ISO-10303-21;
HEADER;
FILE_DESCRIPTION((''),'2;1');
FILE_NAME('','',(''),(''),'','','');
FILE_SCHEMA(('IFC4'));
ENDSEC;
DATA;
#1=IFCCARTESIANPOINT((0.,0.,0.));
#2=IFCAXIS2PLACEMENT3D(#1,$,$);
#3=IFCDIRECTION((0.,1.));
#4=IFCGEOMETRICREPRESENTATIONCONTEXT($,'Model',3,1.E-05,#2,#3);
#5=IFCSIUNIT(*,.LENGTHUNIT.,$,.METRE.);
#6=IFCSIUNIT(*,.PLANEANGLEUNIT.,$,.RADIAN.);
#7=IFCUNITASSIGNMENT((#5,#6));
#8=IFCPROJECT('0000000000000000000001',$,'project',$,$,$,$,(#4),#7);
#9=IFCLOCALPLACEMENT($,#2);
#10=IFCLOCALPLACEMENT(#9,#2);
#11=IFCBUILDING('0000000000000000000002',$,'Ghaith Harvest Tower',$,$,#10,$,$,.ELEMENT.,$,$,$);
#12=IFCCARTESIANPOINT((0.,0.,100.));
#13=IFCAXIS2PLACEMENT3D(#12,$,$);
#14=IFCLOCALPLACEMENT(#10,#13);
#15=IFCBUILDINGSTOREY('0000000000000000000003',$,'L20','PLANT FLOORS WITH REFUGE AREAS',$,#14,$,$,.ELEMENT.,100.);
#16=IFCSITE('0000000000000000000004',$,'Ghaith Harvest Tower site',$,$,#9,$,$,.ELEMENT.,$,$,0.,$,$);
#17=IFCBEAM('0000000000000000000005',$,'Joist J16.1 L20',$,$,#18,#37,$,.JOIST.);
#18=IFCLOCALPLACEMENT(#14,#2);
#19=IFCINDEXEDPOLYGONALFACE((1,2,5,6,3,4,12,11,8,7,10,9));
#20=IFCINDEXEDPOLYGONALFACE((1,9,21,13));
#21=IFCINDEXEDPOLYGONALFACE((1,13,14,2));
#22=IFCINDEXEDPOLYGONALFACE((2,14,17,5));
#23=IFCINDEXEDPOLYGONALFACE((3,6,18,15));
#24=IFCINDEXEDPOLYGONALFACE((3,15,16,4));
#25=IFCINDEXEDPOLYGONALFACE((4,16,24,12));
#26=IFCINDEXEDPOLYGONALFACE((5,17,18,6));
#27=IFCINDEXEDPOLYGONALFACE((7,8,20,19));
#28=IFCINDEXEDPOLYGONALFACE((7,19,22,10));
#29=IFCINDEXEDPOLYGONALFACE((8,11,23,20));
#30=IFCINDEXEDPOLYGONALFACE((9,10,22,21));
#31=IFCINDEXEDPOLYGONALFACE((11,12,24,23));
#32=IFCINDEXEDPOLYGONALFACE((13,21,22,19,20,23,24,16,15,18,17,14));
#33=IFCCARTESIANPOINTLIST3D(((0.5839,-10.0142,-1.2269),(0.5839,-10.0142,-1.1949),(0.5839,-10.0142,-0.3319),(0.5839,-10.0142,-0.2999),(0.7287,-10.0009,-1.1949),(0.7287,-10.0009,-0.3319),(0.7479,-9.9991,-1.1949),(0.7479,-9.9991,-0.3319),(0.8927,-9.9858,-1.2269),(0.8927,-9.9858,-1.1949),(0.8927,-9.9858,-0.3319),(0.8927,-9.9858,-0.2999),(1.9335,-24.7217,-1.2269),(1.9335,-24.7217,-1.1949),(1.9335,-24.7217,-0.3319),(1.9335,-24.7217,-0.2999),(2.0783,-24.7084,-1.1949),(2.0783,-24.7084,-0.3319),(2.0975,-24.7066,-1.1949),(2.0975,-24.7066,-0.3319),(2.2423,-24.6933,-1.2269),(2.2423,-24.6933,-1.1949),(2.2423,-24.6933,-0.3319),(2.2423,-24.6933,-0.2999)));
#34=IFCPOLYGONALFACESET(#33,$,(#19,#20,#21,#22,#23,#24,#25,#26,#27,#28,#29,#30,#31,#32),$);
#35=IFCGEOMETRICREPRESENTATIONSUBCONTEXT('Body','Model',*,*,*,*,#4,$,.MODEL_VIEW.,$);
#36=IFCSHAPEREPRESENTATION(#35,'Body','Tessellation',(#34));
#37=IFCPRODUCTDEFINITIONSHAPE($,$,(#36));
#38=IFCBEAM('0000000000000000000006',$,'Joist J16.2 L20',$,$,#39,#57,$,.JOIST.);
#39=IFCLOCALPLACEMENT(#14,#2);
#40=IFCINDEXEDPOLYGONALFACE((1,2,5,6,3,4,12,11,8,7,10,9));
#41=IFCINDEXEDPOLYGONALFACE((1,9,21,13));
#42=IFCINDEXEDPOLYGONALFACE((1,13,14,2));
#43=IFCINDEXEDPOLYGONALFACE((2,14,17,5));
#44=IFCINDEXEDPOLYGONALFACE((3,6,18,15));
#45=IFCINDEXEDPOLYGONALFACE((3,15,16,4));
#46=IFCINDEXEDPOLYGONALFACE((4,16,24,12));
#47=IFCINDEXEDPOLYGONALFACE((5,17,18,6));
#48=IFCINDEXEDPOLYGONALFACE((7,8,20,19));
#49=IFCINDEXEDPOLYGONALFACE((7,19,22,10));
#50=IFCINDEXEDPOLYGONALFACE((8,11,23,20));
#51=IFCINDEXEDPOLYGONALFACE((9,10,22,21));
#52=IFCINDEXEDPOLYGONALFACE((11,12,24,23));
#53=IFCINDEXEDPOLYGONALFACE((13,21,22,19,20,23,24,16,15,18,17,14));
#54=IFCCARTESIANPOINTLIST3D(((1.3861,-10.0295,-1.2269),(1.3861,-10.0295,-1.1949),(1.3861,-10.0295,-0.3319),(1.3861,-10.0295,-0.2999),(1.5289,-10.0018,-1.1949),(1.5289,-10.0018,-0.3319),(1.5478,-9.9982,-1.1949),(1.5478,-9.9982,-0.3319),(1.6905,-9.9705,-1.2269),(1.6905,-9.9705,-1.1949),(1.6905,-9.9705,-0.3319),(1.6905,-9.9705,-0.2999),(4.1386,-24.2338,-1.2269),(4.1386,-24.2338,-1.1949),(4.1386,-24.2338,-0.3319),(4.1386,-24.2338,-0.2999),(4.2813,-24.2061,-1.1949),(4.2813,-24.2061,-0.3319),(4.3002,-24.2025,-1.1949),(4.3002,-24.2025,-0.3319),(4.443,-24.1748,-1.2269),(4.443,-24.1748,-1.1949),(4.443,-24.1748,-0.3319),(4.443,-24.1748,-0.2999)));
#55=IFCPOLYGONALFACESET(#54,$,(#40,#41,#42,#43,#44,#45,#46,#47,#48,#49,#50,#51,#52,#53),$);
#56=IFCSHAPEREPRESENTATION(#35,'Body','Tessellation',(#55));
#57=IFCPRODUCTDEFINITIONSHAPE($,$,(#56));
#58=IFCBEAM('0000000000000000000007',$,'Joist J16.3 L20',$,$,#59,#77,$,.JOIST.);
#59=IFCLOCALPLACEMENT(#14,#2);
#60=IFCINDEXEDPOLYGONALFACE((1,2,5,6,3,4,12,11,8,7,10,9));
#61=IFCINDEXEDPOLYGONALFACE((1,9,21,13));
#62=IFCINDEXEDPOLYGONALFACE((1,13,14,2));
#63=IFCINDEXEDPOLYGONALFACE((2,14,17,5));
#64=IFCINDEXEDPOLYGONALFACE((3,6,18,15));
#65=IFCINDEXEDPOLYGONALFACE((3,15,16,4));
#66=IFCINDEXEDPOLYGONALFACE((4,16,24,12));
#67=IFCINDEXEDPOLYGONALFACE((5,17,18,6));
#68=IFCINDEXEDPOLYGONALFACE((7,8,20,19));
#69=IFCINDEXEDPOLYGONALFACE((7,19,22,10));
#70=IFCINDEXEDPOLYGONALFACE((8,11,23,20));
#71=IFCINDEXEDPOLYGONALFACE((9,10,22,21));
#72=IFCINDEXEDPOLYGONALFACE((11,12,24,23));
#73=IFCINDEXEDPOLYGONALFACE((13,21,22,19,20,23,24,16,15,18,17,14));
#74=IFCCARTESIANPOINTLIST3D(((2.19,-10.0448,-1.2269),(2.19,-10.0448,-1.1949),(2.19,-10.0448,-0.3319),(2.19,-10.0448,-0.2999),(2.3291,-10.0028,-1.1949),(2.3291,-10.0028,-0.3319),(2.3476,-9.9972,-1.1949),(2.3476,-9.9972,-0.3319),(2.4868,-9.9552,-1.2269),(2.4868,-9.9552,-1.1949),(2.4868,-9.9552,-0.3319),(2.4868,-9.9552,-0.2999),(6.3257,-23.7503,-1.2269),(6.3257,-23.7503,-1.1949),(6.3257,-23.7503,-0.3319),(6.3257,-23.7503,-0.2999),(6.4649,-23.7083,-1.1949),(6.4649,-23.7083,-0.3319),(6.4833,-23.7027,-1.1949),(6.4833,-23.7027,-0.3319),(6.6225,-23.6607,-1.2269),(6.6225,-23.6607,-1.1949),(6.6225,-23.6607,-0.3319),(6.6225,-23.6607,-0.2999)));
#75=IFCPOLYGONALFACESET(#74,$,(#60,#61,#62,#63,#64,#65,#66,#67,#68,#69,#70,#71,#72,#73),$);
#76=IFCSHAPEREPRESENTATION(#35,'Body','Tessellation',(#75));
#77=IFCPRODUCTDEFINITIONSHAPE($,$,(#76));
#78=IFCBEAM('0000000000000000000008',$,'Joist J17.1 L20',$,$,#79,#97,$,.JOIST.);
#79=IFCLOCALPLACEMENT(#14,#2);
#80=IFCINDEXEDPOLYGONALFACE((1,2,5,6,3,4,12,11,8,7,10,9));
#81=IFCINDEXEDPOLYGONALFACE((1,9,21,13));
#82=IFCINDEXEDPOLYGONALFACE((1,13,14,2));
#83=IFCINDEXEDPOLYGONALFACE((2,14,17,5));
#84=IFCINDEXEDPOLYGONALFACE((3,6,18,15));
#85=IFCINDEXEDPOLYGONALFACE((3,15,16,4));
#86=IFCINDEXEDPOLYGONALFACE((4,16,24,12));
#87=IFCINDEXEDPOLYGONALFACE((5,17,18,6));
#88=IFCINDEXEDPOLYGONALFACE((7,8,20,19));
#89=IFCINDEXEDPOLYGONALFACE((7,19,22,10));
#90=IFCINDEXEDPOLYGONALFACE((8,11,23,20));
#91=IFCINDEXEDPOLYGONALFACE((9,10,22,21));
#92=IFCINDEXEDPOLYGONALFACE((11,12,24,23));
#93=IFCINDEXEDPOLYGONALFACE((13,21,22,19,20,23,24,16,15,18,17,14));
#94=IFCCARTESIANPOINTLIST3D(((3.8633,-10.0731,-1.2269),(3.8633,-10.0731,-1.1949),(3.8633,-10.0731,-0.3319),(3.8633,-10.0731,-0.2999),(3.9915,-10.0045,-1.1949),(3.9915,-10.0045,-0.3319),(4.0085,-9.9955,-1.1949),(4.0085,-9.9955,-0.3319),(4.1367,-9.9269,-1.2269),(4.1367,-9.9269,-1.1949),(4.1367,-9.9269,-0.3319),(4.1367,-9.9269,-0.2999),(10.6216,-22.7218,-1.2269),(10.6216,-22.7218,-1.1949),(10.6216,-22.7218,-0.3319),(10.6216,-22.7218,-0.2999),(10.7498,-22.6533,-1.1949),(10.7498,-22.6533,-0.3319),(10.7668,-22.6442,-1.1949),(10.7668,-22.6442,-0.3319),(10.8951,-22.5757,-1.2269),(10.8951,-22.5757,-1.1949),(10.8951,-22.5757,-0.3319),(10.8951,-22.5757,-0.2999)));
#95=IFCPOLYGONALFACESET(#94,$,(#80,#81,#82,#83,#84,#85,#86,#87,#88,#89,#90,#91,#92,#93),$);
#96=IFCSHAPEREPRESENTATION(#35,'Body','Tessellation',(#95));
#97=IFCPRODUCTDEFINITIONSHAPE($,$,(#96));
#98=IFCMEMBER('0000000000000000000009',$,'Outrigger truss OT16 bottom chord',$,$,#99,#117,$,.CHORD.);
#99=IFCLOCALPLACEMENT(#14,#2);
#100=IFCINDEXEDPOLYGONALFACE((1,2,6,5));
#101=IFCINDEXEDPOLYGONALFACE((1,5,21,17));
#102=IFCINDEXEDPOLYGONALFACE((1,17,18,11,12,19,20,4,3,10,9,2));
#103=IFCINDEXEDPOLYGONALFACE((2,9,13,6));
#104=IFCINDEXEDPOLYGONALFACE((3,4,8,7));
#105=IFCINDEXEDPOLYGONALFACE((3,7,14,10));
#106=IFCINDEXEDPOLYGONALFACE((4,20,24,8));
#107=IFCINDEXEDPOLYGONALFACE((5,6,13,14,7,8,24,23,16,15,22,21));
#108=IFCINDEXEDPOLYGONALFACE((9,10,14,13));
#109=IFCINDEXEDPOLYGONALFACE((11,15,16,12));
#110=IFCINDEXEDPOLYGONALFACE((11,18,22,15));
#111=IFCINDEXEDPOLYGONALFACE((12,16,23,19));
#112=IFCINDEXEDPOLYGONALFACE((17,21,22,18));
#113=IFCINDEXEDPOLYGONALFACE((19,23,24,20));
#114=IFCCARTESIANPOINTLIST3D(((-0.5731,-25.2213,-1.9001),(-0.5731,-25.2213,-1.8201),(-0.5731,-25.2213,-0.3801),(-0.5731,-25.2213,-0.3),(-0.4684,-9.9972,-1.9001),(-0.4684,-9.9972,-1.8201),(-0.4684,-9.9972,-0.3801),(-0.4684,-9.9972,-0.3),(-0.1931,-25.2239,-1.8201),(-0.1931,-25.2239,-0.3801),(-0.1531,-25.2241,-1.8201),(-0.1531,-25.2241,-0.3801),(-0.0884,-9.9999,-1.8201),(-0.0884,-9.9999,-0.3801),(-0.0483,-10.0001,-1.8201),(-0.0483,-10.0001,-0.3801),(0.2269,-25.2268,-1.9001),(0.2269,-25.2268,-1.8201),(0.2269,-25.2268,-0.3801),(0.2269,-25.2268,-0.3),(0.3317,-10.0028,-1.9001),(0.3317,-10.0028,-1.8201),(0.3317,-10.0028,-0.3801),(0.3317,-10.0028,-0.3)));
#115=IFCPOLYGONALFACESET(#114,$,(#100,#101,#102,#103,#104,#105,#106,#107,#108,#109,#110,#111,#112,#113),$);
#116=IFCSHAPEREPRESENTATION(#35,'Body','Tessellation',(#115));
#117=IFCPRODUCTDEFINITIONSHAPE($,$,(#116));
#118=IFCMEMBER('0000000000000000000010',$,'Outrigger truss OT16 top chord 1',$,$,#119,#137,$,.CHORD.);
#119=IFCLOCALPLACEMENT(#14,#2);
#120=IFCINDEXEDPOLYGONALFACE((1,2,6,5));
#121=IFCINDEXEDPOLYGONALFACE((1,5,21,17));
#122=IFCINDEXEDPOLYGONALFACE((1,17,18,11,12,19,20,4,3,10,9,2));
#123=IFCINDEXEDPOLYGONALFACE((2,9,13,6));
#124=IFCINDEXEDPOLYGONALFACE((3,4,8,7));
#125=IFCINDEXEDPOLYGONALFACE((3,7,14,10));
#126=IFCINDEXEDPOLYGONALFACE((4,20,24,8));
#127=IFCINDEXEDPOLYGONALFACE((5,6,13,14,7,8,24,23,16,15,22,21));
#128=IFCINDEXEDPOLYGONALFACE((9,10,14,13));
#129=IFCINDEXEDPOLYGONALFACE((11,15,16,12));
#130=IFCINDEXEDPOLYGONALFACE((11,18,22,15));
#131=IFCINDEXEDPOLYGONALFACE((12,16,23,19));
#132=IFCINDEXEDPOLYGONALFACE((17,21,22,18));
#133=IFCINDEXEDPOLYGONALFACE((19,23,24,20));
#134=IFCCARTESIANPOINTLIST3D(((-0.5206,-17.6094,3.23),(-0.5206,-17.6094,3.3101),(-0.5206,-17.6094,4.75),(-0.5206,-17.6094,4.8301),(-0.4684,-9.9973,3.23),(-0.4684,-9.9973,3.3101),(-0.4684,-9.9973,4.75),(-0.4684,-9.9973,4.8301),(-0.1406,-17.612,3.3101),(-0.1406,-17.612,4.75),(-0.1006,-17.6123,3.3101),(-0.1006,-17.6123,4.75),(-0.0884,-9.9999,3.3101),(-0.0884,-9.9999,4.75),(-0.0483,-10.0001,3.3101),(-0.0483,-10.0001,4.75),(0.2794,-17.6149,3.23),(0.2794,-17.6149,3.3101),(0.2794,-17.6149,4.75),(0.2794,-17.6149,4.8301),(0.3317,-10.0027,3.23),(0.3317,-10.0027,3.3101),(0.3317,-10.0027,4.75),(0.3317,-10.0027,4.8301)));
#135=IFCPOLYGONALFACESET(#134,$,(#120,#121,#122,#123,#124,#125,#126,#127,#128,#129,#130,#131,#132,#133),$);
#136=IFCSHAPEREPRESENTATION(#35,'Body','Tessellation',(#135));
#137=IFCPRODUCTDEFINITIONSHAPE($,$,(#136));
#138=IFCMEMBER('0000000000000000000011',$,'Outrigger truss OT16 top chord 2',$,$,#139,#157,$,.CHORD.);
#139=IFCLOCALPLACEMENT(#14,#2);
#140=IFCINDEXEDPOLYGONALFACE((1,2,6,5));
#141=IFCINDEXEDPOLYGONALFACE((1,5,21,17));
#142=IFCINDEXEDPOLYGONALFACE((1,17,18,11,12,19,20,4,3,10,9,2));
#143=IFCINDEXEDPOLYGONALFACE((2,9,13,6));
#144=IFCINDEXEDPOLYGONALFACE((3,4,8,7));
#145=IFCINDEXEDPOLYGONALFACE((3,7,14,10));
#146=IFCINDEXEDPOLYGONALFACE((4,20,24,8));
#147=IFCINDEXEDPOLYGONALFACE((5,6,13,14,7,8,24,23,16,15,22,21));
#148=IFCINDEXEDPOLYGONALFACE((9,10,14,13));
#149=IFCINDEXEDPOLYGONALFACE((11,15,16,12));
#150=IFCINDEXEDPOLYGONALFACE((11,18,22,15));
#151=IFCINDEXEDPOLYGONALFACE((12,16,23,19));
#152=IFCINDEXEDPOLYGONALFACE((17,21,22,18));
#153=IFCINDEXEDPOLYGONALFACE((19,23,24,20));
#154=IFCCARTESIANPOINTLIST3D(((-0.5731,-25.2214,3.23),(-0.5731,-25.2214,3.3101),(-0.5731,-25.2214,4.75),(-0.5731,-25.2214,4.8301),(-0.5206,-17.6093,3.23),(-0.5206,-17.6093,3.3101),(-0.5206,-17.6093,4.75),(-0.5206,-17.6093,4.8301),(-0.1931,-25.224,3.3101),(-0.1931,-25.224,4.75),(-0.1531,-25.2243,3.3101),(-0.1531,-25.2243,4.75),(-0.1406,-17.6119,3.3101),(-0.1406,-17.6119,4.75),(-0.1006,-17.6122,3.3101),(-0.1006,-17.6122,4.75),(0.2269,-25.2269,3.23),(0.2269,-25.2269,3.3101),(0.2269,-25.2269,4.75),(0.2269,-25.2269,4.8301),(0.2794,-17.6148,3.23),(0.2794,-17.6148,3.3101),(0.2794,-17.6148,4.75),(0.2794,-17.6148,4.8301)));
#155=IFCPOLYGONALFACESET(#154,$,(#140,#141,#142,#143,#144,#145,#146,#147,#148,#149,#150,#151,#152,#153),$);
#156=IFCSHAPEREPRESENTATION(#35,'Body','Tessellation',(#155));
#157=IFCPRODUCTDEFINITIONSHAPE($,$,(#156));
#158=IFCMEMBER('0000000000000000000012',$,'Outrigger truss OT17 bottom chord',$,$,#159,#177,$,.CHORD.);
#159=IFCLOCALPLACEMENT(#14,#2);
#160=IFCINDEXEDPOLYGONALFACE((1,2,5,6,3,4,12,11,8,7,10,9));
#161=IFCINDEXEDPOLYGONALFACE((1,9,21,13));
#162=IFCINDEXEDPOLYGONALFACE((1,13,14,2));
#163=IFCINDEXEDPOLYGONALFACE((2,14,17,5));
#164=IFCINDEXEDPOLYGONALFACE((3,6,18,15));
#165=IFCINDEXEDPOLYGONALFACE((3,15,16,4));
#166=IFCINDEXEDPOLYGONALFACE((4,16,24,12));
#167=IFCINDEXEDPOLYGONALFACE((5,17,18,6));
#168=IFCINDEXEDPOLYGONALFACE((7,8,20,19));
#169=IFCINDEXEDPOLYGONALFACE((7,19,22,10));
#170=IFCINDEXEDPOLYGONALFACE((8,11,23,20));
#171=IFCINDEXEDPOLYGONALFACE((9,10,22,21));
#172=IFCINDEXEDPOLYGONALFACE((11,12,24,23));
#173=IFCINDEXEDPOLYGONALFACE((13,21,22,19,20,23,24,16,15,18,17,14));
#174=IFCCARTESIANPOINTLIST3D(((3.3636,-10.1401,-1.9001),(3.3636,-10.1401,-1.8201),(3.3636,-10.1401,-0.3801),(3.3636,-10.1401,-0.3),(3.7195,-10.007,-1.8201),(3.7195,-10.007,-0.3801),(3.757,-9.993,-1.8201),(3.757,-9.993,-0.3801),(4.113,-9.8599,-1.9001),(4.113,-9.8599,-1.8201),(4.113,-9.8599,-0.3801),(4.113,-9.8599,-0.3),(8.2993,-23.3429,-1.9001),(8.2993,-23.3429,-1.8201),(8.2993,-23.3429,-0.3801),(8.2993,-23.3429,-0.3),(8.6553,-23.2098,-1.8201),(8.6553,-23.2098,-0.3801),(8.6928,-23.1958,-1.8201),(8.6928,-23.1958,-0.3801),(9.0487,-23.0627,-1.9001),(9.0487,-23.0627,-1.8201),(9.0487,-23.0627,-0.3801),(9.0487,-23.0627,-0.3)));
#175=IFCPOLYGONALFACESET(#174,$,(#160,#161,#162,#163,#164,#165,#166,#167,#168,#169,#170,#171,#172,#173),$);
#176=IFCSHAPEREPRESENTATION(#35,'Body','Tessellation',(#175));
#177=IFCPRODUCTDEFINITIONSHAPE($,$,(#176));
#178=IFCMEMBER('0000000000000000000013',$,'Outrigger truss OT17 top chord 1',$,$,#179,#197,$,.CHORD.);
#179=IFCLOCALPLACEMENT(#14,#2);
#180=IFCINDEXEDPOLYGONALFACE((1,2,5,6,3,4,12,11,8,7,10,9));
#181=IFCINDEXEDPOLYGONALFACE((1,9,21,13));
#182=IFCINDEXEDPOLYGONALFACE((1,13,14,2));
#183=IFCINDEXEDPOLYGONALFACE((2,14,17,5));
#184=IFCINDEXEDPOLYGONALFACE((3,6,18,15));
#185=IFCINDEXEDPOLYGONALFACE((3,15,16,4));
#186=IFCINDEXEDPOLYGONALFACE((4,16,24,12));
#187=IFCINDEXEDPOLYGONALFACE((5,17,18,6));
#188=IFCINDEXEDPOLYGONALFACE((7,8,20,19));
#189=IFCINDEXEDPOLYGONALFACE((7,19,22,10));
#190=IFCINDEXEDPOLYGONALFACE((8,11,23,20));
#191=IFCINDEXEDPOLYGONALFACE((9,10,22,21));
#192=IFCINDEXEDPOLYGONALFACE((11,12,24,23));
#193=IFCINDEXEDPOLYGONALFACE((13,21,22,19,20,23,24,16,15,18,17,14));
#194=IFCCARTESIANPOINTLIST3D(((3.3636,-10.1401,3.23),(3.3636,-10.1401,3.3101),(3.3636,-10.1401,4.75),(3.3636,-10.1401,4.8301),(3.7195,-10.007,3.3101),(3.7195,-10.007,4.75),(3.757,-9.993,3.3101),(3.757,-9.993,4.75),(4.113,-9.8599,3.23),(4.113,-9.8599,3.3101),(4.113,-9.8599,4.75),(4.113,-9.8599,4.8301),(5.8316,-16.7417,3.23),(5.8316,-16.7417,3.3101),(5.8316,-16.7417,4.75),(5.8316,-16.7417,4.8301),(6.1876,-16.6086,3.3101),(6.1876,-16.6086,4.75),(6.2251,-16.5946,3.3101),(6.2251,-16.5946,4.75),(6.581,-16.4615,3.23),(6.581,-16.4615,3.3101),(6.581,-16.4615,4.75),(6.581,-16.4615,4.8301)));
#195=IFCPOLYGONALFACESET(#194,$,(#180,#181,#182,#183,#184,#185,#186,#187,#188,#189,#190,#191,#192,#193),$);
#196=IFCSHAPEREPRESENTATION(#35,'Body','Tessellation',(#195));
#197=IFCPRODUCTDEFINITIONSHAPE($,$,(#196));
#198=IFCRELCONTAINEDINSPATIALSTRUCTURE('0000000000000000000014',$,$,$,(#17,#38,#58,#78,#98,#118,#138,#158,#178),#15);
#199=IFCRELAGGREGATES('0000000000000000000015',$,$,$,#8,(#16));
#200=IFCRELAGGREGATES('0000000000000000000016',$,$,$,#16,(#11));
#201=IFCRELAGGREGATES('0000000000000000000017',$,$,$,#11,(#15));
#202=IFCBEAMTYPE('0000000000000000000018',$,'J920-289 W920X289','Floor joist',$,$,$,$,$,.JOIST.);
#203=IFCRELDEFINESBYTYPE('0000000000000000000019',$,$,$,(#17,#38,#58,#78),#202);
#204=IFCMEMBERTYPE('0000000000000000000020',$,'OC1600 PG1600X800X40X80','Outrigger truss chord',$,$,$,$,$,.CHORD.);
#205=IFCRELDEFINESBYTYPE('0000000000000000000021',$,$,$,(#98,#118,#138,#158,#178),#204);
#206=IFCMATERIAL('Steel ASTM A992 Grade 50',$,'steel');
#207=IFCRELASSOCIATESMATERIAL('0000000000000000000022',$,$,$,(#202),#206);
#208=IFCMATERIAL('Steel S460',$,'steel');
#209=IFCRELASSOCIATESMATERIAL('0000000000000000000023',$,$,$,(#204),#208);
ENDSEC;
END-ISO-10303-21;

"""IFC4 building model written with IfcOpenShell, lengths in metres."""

from ifc_helpers import new_model, si_unit, direction, frame, origin, origin_2d, place, context, subcontext, project, spatial, i_section, extrude, material, material_profile, profile_set, type_object, element, save


model = new_model("IFC4")

# Units and contexts
model_context = context("Model", 3, precision=1e-05, world=origin(), true_north=direction((0.0, 1.0)))
body_context = subcontext(model_context, "Body", "Model", "MODEL_VIEW")
ifc_project = project(units=[si_unit("LENGTHUNIT", "METRE"), si_unit("PLANEANGLEUNIT", "RADIAN")], contexts=[model_context])

# Site, building, storey
site_placement = place(None, origin())
site = spatial("IfcSite", under=ifc_project, at=site_placement, Name="Ghaith Harvest Tower site", CompositionType="ELEMENT", RefElevation=0.0)
building_placement = place(site_placement, origin())
building = spatial("IfcBuilding", under=site, at=building_placement, Name="Ghaith Harvest Tower", CompositionType="ELEMENT")
storey_placement = place(building_placement, frame((0.0, 0.0, 100.0)))
storey = spatial("IfcBuildingStorey", under=building, at=storey_placement, Name="L20", Description="PLANT FLOORS WITH REFUGE AREAS", CompositionType="ELEMENT", Elevation=100.0)

# Beams
ifc_material_1 = material(Name="Steel ASTM A992 Grade 50", Category="steel")
ifc_material_profile_1 = material_profile(ifc_material_1, i_section(OverallWidth=0.3101, OverallDepth=0.927, WebThickness=0.0193, FlangeThickness=0.032, at=origin_2d()), Name="W920X289")
ifc_profile_set_1 = profile_set([ifc_material_profile_1], Name="Steel ASTM A992 Grade 50")
beam_type = type_object("IfcBeamType", Name="J920-289 W920X289", Description="Floor joist", PredefinedType="JOIST", material=ifc_profile_set_1)
beam_1_placement = place(storey_placement, frame((0.7383, -10.0, -0.7634), z_axis=(0.091379, -0.995816, 0.0), x_axis=(0.995816, 0.091379, 0.0)))
element("IfcBeam", 1, at=beam_1_placement, inside=storey, type_object=beam_type, Name="Joist J16.1 L20", PredefinedType="JOIST", context=body_context, shape_type="SweptSolid", body=[
    extrude(i_section(OverallWidth=0.3101, OverallDepth=0.927, WebThickness=0.0193, FlangeThickness=0.032, at=origin_2d()), origin(), (0.0, 0.0, 1.0), 14.7693),
])
beam_2_placement = place(storey_placement, frame((1.5383, -10.0, -0.7634), z_axis=(0.190236, -0.981738, 0.0), x_axis=(0.981738, 0.190236, 0.0)))
element("IfcBeam", 2, at=beam_2_placement, inside=storey, type_object=beam_type, Name="Joist J16.2 L20", PredefinedType="JOIST", context=body_context, shape_type="SweptSolid", body=[
    extrude(i_section(OverallWidth=0.3101, OverallDepth=0.927, WebThickness=0.0193, FlangeThickness=0.032, at=origin_2d()), origin(), (0.0, 0.0, 1.0), 14.4685),
])
beam_3_placement = place(storey_placement, frame((2.3384, -10.0, -0.7634), z_axis=(0.28889, -0.957362, 0.0), x_axis=(0.957362, 0.28889, 0.0)))
element("IfcBeam", 3, at=beam_3_placement, inside=storey, type_object=beam_type, Name="Joist J16.3 L20", PredefinedType="JOIST", context=body_context, shape_type="SweptSolid", body=[
    extrude(i_section(OverallWidth=0.3101, OverallDepth=0.927, WebThickness=0.0193, FlangeThickness=0.032, at=origin_2d()), origin(), (0.0, 0.0, 1.0), 14.3159),
])
beam_4_placement = place(storey_placement, frame((4.0, -10.0, -0.7634), z_axis=(0.471258, -0.881995, 0.0), x_axis=(0.881995, 0.471258, 0.0)))
element("IfcBeam", 4, at=beam_4_placement, inside=storey, type_object=beam_type, Name="Joist J17.1 L20", PredefinedType="JOIST", context=body_context, shape_type="SweptSolid", body=[
    extrude(i_section(OverallWidth=0.3101, OverallDepth=0.927, WebThickness=0.0193, FlangeThickness=0.032, at=origin_2d()), origin(), (0.0, 0.0, 1.0), 14.3411),
])

# Members
ifc_material_2 = material(Name="Steel S460", Category="steel")
ifc_material_profile_2 = material_profile(ifc_material_2, i_section(OverallWidth=0.8, OverallDepth=1.6001, WebThickness=0.04, FlangeThickness=0.0801, at=origin_2d()), Name="PG1600X800X40X80")
ifc_profile_set_2 = profile_set([ifc_material_profile_2], Name="Steel S460")
member_type_1 = type_object("IfcMemberType", Name="OC1600 PG1600X800X40X80", Description="Outrigger truss chord", PredefinedType="CHORD", material=ifc_profile_set_2)
member_1_placement = place(storey_placement, frame((-0.0684, -10.0, -1.1001), z_axis=(-0.006879, -0.999976, 0.0), x_axis=(0.999976, -0.006879, 0.0)))
element("IfcMember", 5, at=member_1_placement, inside=storey, type_object=member_type_1, Name="Outrigger truss OT16 bottom chord", PredefinedType="CHORD", context=body_context, shape_type="SweptSolid", body=[
    extrude(i_section(OverallWidth=0.8, OverallDepth=1.6001, WebThickness=0.04, FlangeThickness=0.0801, at=origin_2d()), origin(), (0.0, 0.0, 1.0), 15.2244),
])
for number, where, z_axis, x_axis, name in (
    (6, (-0.0684, -10.0, 4.03), (-0.006863, -0.999976, 0.0), (0.999976, -0.006863, 0.0), "Outrigger truss OT16 top chord 1"),
    (7, (-0.1206, -17.6121, 4.03), (-0.006896, -0.999976, 0.0), (0.999976, -0.006896, 0.0), "Outrigger truss OT16 top chord 2"),
):
    element("IfcMember", number, at=place(storey_placement, frame(where, z_axis=z_axis, x_axis=x_axis)), inside=storey, type_object=member_type_1, Name=name, PredefinedType="CHORD", context=body_context, shape_type="SweptSolid", body=[
        extrude(i_section(OverallWidth=0.8, OverallDepth=1.6001, WebThickness=0.04, FlangeThickness=0.0801, at=origin_2d()), origin(), (0.0, 0.0, 1.0), 7.6123),
    ])
member_2_placement = place(storey_placement, frame((3.7383, -10.0, -1.1001), z_axis=(0.350172, -0.936685, 0.0), x_axis=(0.936685, 0.350172, 0.0)))
element("IfcMember", 8, at=member_2_placement, inside=storey, type_object=member_type_1, Name="Outrigger truss OT17 bottom chord", PredefinedType="CHORD", context=body_context, shape_type="SweptSolid", body=[
    extrude(i_section(OverallWidth=0.8, OverallDepth=1.6001, WebThickness=0.04, FlangeThickness=0.0801, at=origin_2d()), origin(), (0.0, 0.0, 1.0), 14.0952),
])
member_3_placement = place(storey_placement, frame((3.7383, -10.0, 4.03), z_axis=(0.350182, -0.936682, 0.0), x_axis=(0.936682, 0.350182, 0.0)))
element("IfcMember", 9, at=member_3_placement, inside=storey, type_object=member_type_1, Name="Outrigger truss OT17 top chord 1", PredefinedType="CHORD", context=body_context, shape_type="SweptSolid", body=[
    extrude(i_section(OverallWidth=0.8, OverallDepth=1.6001, WebThickness=0.04, FlangeThickness=0.0801, at=origin_2d()), origin(), (0.0, 0.0, 1.0), 7.0479),
])

save(model, "model.ifc")
